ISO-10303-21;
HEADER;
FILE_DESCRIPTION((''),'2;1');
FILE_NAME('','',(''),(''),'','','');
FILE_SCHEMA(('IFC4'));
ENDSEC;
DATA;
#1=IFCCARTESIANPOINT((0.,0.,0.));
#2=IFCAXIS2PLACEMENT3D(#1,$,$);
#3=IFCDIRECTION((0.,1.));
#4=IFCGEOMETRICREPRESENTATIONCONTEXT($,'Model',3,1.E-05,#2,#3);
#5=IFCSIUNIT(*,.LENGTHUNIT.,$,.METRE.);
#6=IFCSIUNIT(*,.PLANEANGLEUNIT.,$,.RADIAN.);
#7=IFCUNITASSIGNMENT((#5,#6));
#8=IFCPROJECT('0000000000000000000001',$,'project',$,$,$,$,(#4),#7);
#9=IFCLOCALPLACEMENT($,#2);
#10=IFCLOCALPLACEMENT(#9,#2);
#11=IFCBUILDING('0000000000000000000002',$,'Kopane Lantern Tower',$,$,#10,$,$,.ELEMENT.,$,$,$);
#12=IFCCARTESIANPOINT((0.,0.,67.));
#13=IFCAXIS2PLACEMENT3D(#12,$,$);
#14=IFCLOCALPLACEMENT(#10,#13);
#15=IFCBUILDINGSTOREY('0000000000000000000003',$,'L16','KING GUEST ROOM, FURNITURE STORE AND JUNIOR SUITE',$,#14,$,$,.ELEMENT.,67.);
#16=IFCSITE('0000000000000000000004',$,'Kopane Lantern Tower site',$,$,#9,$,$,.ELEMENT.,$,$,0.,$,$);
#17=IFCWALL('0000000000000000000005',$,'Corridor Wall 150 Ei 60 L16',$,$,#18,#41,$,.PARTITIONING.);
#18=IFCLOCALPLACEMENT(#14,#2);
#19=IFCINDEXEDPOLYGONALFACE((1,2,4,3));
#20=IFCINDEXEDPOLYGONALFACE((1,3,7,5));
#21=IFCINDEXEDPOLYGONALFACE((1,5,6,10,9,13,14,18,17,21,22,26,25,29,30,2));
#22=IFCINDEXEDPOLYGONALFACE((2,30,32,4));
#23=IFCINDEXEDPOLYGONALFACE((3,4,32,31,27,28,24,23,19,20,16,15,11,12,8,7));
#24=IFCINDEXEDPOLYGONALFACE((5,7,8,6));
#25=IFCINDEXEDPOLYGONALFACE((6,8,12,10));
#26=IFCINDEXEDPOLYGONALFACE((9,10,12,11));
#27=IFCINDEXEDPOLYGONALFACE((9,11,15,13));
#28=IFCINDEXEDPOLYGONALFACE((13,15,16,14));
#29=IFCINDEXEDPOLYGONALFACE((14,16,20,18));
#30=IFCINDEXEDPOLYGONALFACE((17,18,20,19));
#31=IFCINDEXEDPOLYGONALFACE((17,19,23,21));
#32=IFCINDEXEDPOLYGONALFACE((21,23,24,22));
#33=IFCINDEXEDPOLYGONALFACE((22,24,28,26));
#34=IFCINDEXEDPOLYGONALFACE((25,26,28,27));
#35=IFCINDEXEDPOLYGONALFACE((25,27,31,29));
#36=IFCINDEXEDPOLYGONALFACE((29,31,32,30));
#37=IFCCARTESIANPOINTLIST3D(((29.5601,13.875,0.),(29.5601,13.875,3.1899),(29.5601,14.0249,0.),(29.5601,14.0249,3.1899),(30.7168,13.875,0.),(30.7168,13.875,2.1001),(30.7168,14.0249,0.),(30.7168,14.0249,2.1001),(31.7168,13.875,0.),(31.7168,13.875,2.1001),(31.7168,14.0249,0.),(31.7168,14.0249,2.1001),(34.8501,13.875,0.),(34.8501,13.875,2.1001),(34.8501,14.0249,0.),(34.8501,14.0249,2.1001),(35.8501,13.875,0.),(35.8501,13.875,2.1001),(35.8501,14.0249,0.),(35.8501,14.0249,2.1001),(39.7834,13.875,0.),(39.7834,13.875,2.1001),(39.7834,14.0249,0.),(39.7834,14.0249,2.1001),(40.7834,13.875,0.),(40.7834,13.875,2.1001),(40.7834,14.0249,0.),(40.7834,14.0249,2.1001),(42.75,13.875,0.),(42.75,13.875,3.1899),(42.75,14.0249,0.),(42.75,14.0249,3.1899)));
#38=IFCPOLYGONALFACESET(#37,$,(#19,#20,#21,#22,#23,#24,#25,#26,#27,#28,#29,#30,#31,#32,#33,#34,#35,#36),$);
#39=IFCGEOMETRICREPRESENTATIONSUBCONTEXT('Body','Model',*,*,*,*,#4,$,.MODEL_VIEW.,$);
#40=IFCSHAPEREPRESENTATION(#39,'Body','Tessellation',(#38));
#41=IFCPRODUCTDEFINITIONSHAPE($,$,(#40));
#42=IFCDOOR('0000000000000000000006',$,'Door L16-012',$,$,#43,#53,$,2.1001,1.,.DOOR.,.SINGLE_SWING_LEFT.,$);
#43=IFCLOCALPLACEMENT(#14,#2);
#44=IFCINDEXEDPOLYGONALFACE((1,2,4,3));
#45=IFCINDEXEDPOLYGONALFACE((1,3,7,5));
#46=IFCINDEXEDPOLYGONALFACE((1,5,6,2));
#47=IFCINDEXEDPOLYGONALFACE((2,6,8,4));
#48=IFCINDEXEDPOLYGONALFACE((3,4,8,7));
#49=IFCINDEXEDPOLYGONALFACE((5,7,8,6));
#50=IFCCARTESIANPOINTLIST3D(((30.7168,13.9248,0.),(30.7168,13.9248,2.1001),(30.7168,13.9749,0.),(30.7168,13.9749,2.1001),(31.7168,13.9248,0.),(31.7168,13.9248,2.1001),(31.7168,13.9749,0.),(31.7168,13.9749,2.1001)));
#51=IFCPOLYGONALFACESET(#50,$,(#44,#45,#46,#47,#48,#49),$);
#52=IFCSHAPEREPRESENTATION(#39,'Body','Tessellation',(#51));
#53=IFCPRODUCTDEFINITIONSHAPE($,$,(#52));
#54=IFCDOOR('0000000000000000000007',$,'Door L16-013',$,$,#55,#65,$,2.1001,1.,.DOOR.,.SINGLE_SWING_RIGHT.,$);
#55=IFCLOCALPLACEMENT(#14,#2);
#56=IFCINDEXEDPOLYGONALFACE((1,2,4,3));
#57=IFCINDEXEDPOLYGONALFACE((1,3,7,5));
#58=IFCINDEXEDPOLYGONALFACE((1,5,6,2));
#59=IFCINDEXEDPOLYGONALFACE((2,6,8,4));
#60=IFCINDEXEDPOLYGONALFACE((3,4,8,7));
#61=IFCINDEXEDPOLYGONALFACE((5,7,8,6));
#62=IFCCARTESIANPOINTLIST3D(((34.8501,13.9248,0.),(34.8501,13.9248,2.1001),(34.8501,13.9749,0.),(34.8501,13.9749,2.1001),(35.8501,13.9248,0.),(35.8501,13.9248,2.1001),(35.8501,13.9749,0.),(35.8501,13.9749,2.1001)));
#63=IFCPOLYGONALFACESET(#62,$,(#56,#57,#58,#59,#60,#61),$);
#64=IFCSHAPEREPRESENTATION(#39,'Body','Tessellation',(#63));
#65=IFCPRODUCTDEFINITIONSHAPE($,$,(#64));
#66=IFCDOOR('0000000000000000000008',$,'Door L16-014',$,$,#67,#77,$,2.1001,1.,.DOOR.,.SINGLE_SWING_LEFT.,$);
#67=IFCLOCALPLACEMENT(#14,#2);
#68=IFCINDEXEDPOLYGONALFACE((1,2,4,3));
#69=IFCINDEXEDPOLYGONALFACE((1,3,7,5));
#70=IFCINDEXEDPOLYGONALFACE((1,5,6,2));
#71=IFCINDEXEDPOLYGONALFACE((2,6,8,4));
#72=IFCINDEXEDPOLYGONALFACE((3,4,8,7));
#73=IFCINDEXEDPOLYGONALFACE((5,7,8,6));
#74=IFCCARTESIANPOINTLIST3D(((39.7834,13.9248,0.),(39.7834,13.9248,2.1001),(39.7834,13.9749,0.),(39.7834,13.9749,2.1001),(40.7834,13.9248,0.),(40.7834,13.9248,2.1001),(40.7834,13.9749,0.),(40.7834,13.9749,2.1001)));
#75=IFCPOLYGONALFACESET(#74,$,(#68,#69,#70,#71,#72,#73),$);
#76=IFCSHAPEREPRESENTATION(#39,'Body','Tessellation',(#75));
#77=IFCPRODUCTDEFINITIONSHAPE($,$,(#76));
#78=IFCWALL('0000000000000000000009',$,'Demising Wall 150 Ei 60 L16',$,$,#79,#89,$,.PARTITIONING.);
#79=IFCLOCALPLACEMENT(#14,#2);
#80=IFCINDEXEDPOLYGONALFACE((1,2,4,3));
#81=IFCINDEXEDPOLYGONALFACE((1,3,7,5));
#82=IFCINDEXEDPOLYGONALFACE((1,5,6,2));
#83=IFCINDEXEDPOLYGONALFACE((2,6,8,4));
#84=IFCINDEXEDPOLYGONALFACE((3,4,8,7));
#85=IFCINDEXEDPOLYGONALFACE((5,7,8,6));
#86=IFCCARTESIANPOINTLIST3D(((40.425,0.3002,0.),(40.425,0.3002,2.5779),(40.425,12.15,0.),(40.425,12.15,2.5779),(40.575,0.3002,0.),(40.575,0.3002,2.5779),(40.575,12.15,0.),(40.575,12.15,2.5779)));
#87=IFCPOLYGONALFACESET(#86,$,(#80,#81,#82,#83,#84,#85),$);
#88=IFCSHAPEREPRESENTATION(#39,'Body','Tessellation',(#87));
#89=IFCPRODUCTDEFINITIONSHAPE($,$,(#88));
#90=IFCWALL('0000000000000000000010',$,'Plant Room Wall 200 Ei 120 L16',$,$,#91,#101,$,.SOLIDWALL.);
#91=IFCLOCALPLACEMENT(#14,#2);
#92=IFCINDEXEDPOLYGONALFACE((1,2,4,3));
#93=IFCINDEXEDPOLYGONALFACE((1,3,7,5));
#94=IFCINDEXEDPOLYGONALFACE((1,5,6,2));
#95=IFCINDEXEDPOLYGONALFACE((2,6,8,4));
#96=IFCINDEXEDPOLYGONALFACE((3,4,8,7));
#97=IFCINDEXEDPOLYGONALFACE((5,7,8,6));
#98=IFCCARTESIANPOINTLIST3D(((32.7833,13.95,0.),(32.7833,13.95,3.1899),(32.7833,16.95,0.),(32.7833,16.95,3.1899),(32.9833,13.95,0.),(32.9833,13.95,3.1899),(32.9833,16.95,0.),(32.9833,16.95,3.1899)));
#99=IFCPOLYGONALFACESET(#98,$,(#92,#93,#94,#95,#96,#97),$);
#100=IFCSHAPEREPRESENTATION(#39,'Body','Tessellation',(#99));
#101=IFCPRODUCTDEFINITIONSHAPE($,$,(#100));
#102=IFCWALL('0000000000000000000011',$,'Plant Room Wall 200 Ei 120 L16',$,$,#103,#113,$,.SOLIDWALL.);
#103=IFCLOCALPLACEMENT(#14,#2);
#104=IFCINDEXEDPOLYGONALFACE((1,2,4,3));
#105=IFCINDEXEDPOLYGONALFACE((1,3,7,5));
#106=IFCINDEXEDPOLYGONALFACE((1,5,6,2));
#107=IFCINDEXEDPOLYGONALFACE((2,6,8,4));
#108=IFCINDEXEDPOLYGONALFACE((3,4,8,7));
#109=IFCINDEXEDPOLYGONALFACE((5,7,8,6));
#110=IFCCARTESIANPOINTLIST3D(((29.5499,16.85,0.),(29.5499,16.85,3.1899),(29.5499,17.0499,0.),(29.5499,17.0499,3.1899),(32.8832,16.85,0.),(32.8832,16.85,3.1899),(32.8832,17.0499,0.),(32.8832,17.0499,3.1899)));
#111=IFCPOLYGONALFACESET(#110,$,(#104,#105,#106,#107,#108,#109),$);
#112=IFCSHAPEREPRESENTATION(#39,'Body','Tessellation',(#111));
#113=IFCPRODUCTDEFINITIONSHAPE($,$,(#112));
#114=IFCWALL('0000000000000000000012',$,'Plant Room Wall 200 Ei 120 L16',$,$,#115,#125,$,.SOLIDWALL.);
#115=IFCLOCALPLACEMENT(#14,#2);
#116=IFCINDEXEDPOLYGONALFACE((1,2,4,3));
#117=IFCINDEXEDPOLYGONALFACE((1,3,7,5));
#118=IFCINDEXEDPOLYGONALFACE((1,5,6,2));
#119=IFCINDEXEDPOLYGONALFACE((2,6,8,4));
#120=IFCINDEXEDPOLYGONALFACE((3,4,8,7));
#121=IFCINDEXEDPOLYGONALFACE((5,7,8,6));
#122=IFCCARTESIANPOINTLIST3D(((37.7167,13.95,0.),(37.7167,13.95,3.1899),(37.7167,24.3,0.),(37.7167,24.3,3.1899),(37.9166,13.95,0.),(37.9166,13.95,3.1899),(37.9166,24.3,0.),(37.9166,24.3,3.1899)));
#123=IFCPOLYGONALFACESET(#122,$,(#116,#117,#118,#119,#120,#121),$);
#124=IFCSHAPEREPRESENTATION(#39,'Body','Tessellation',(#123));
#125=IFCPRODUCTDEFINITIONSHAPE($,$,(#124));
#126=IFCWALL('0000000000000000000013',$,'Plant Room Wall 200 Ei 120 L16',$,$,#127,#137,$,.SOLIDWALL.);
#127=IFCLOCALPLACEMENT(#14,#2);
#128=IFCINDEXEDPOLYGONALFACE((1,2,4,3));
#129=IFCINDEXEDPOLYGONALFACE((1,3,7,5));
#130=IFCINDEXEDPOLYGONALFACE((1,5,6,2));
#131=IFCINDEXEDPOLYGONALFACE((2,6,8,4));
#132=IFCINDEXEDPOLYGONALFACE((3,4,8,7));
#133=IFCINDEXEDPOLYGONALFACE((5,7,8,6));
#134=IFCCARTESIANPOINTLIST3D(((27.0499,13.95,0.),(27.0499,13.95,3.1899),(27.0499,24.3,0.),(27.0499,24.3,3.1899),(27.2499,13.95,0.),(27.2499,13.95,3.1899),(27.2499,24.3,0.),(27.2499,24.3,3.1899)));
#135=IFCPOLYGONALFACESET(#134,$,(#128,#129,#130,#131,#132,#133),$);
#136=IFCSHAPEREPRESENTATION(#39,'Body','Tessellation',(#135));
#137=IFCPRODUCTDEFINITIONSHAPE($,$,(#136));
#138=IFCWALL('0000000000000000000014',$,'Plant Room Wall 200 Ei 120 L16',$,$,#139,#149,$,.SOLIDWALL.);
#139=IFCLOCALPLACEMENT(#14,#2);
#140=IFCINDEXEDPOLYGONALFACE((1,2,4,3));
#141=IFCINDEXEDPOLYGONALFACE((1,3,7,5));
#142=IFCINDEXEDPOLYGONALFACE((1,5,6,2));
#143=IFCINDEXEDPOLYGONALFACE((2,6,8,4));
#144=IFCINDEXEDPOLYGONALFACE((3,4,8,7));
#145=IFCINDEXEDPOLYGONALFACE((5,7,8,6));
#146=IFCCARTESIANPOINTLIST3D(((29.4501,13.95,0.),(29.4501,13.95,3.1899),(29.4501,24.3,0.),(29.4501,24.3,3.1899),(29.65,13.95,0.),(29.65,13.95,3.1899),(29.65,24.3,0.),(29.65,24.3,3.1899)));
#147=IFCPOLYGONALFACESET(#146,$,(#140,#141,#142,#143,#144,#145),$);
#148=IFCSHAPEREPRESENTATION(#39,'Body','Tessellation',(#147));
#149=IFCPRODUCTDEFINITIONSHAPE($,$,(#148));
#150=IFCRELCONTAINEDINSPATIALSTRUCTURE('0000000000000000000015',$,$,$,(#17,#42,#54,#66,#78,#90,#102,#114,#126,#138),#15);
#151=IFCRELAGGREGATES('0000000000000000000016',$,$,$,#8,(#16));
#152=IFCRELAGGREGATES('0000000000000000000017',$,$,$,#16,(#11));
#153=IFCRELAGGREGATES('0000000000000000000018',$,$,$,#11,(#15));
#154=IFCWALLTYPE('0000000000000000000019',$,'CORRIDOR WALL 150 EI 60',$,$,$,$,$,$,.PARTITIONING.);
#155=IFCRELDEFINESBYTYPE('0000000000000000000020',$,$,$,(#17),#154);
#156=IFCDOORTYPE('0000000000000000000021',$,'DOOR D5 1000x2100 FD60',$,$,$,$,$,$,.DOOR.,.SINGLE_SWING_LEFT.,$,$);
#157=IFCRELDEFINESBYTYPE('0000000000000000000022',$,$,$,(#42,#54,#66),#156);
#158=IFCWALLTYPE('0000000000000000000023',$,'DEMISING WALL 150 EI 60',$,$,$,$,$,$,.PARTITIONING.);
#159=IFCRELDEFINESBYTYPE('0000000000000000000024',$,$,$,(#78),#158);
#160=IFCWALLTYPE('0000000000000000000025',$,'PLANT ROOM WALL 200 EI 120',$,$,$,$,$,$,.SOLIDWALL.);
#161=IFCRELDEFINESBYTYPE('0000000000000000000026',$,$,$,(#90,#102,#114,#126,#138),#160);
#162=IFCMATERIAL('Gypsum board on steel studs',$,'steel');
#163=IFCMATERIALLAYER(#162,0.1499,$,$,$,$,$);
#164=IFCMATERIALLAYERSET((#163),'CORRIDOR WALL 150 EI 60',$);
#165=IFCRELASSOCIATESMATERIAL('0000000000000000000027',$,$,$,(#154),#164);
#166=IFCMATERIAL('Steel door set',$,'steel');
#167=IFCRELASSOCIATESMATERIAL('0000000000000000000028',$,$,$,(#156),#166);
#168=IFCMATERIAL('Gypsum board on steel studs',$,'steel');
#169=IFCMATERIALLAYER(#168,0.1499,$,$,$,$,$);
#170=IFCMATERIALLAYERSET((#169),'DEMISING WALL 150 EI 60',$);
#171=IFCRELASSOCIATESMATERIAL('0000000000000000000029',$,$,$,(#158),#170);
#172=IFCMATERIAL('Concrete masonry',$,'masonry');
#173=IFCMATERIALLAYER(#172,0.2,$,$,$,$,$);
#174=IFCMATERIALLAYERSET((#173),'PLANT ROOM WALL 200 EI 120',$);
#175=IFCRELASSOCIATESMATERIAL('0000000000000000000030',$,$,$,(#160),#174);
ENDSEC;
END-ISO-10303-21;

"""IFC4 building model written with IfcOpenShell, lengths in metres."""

from ifc_helpers import new_model, si_unit, direction, frame, frame_2d, origin, place, context, subcontext, project, spatial, rectangle, extrude, material, layer, layer_set, type_object, element, fill, save


model = new_model("IFC4")

# Units and contexts
model_context = context("Model", 3, precision=1e-05, world=origin(), true_north=direction((0.0, 1.0)))
body_context = subcontext(model_context, "Body", "Model", "MODEL_VIEW")
ifc_project = project(units=[si_unit("LENGTHUNIT", "METRE"), si_unit("PLANEANGLEUNIT", "RADIAN")], contexts=[model_context])

# Site, building, storey
site_placement = place(None, origin())
site = spatial("IfcSite", under=ifc_project, at=site_placement, Name="Kopane Lantern Tower site", CompositionType="ELEMENT", RefElevation=0.0)
building_placement = place(site_placement, origin())
building = spatial("IfcBuilding", under=site, at=building_placement, Name="Kopane Lantern Tower", CompositionType="ELEMENT")
storey_placement = place(building_placement, frame((0.0, 0.0, 67.0)))
storey = spatial("IfcBuildingStorey", under=building, at=storey_placement, Name="L16", Description="KING GUEST ROOM, FURNITURE STORE AND JUNIOR SUITE", CompositionType="ELEMENT", Elevation=67.0)

# Wall, openings, doors
ifc_material_1 = material(Name="Gypsum board on steel studs", Category="steel")
ifc_layer_1 = layer(ifc_material_1, 0.1499)
ifc_layer_set_1 = layer_set([ifc_layer_1], Name="CORRIDOR WALL 150 EI 60")
wall_type_1 = type_object("IfcWallType", Name="CORRIDOR WALL 150 EI 60", PredefinedType="PARTITIONING", material=ifc_layer_set_1)
wall_1_placement = place(storey_placement, frame((29.5601, 13.95, 0.0), z_axis=(0.0, 0.0, 1.0), x_axis=(1.0, 0.0, 0.0)))
wall_1 = element("IfcWall", 1, at=wall_1_placement, inside=storey, type_object=wall_type_1, Name="Corridor Wall 150 Ei 60 L16", PredefinedType="PARTITIONING", context=body_context, shape_type="SweptSolid", body=[
    extrude(rectangle(XDim=13.1899, YDim=0.1499, at=frame_2d((6.595, 0.0))), origin(), (0.0, 0.0, 1.0), 3.1899),
])
opening_1_placement = place(wall_1_placement, frame((1.1567, 0.0, 0.0)))
opening_1 = element("IfcOpeningElement", 2, at=opening_1_placement, cuts=wall_1, PredefinedType="OPENING", context=body_context, shape_type="SweptSolid", body=[
    extrude(rectangle(XDim=1.0, YDim=2.1001, at=frame_2d((0.5, 1.05))), frame((0.0, 0.085, 0.0), z_axis=(0.0, -1.0, 0.0), x_axis=(1.0, 0.0, 0.0)), (0.0, 0.0, 1.0), 0.1699),
])
opening_2_placement = place(wall_1_placement, frame((5.29, 0.0, 0.0)))
opening_2 = element("IfcOpeningElement", 3, at=opening_2_placement, cuts=wall_1, PredefinedType="OPENING", context=body_context, shape_type="SweptSolid", body=[
    extrude(rectangle(XDim=1.0, YDim=2.1001, at=frame_2d((0.5, 1.05))), frame((0.0, 0.085, 0.0), z_axis=(0.0, -1.0, 0.0), x_axis=(1.0, 0.0, 0.0)), (0.0, 0.0, 1.0), 0.1699),
])
opening_3_placement = place(wall_1_placement, frame((10.2234, 0.0, 0.0)))
opening_3 = element("IfcOpeningElement", 4, at=opening_3_placement, cuts=wall_1, PredefinedType="OPENING", context=body_context, shape_type="SweptSolid", body=[
    extrude(rectangle(XDim=1.0, YDim=2.1001, at=frame_2d((0.5, 1.05))), frame((0.0, 0.085, 0.0), z_axis=(0.0, -1.0, 0.0), x_axis=(1.0, 0.0, 0.0)), (0.0, 0.0, 1.0), 0.1699),
])
ifc_material_2 = material(Name="Steel door set", Category="steel")
door_type_1 = type_object("IfcDoorType", Name="DOOR D5 1000x2100 FD60", OperationType="SINGLE_SWING_LEFT", PredefinedType="DOOR", material=ifc_material_2)
door_1_placement = place(opening_1_placement, origin())
door_1 = element("IfcDoor", 5, at=door_1_placement, inside=storey, type_object=door_type_1, Name="Door L16-012", OperationType="SINGLE_SWING_LEFT", OverallHeight=2.1001, OverallWidth=1.0, PredefinedType="DOOR", context=body_context, shape_type="SweptSolid", body=[
    extrude(rectangle(XDim=1.0, YDim=2.1001, at=frame_2d((0.5, 1.05))), frame((0.0, 0.0249, 0.0), z_axis=(0.0, -1.0, 0.0), x_axis=(1.0, 0.0, 0.0)), (0.0, 0.0, 1.0), 0.05),
])
fill(opening_1, door_1)
door_2_placement = place(opening_2_placement, origin())
door_2 = element("IfcDoor", 6, at=door_2_placement, inside=storey, type_object=door_type_1, Name="Door L16-013", OperationType="SINGLE_SWING_RIGHT", OverallHeight=2.1001, OverallWidth=1.0, PredefinedType="DOOR", context=body_context, shape_type="SweptSolid", body=[
    extrude(rectangle(XDim=1.0, YDim=2.1001, at=frame_2d((0.5, 1.05))), frame((0.0, 0.0249, 0.0), z_axis=(0.0, -1.0, 0.0), x_axis=(1.0, 0.0, 0.0)), (0.0, 0.0, 1.0), 0.05),
])
fill(opening_2, door_2)
door_3_placement = place(opening_3_placement, origin())
door_3 = element("IfcDoor", 7, at=door_3_placement, inside=storey, type_object=door_type_1, Name="Door L16-014", OperationType="SINGLE_SWING_LEFT", OverallHeight=2.1001, OverallWidth=1.0, PredefinedType="DOOR", context=body_context, shape_type="SweptSolid", body=[
    extrude(rectangle(XDim=1.0, YDim=2.1001, at=frame_2d((0.5, 1.05))), frame((0.0, 0.0249, 0.0), z_axis=(0.0, -1.0, 0.0), x_axis=(1.0, 0.0, 0.0)), (0.0, 0.0, 1.0), 0.05),
])
fill(opening_3, door_3)

# Walls
ifc_material_3 = material(Name="Gypsum board on steel studs", Category="steel")
ifc_layer_2 = layer(ifc_material_3, 0.1499)
ifc_layer_set_2 = layer_set([ifc_layer_2], Name="DEMISING WALL 150 EI 60")
wall_type_2 = type_object("IfcWallType", Name="DEMISING WALL 150 EI 60", PredefinedType="PARTITIONING", material=ifc_layer_set_2)
wall_2_placement = place(storey_placement, frame((40.5, 12.1499, 0.0), z_axis=(0.0, 0.0, 1.0), x_axis=(0.0, -1.0, 0.0)))
element("IfcWall", 8, at=wall_2_placement, inside=storey, type_object=wall_type_2, Name="Demising Wall 150 Ei 60 L16", PredefinedType="PARTITIONING", context=body_context, shape_type="SweptSolid", body=[
    extrude(rectangle(XDim=11.8499, YDim=0.1499, at=frame_2d((5.9248, 0.0))), origin(), (0.0, 0.0, 1.0), 2.5779),
])
ifc_material_4 = material(Name="Concrete masonry", Category="masonry")
ifc_layer_3 = layer(ifc_material_4, 0.2)
ifc_layer_set_3 = layer_set([ifc_layer_3], Name="PLANT ROOM WALL 200 EI 120")
wall_type_3 = type_object("IfcWallType", Name="PLANT ROOM WALL 200 EI 120", PredefinedType="SOLIDWALL", material=ifc_layer_set_3)
wall_3_placement = place(storey_placement, frame((32.8833, 13.95, 0.0), z_axis=(0.0, 0.0, 1.0), x_axis=(0.0, 1.0, 0.0)))
element("IfcWall", 9, at=wall_3_placement, inside=storey, type_object=wall_type_3, Name="Plant Room Wall 200 Ei 120 L16", PredefinedType="SOLIDWALL", context=body_context, shape_type="SweptSolid", body=[
    extrude(rectangle(XDim=3.0, YDim=0.2, at=frame_2d((1.5, 0.0))), origin(), (0.0, 0.0, 1.0), 3.1899),
])
wall_4_placement = place(storey_placement, frame((29.55, 16.95, 0.0), z_axis=(0.0, 0.0, 1.0), x_axis=(1.0, 0.0, 0.0)))
element("IfcWall", 10, at=wall_4_placement, inside=storey, type_object=wall_type_3, Name="Plant Room Wall 200 Ei 120 L16", PredefinedType="SOLIDWALL", context=body_context, shape_type="SweptSolid", body=[
    extrude(rectangle(XDim=3.3333, YDim=0.2, at=frame_2d((1.6665, 0.0))), origin(), (0.0, 0.0, 1.0), 3.1899),
])
for number, where, z_axis, x_axis, name in (
    (11, (37.8167, 13.95, 0.0), (0.0, 0.0, 1.0), (0.0, 1.0, 0.0), "Plant Room Wall 200 Ei 120 L16"),
    (12, (27.1499, 13.95, 0.0), (0.0, 0.0, 1.0), (0.0, 1.0, 0.0), "Plant Room Wall 200 Ei 120 L16"),
    (13, (29.55, 13.95, 0.0), (0.0, 0.0, 1.0), (0.0, 1.0, 0.0), "Plant Room Wall 200 Ei 120 L16"),
):
    element("IfcWall", number, at=place(storey_placement, frame(where, z_axis=z_axis, x_axis=x_axis)), inside=storey, type_object=wall_type_3, Name=name, PredefinedType="SOLIDWALL", context=body_context, shape_type="SweptSolid", body=[
        extrude(rectangle(XDim=10.3501, YDim=0.2, at=frame_2d((5.175, 0.0))), origin(), (0.0, 0.0, 1.0), 3.1899),
    ])

save(model, "model.ifc")
